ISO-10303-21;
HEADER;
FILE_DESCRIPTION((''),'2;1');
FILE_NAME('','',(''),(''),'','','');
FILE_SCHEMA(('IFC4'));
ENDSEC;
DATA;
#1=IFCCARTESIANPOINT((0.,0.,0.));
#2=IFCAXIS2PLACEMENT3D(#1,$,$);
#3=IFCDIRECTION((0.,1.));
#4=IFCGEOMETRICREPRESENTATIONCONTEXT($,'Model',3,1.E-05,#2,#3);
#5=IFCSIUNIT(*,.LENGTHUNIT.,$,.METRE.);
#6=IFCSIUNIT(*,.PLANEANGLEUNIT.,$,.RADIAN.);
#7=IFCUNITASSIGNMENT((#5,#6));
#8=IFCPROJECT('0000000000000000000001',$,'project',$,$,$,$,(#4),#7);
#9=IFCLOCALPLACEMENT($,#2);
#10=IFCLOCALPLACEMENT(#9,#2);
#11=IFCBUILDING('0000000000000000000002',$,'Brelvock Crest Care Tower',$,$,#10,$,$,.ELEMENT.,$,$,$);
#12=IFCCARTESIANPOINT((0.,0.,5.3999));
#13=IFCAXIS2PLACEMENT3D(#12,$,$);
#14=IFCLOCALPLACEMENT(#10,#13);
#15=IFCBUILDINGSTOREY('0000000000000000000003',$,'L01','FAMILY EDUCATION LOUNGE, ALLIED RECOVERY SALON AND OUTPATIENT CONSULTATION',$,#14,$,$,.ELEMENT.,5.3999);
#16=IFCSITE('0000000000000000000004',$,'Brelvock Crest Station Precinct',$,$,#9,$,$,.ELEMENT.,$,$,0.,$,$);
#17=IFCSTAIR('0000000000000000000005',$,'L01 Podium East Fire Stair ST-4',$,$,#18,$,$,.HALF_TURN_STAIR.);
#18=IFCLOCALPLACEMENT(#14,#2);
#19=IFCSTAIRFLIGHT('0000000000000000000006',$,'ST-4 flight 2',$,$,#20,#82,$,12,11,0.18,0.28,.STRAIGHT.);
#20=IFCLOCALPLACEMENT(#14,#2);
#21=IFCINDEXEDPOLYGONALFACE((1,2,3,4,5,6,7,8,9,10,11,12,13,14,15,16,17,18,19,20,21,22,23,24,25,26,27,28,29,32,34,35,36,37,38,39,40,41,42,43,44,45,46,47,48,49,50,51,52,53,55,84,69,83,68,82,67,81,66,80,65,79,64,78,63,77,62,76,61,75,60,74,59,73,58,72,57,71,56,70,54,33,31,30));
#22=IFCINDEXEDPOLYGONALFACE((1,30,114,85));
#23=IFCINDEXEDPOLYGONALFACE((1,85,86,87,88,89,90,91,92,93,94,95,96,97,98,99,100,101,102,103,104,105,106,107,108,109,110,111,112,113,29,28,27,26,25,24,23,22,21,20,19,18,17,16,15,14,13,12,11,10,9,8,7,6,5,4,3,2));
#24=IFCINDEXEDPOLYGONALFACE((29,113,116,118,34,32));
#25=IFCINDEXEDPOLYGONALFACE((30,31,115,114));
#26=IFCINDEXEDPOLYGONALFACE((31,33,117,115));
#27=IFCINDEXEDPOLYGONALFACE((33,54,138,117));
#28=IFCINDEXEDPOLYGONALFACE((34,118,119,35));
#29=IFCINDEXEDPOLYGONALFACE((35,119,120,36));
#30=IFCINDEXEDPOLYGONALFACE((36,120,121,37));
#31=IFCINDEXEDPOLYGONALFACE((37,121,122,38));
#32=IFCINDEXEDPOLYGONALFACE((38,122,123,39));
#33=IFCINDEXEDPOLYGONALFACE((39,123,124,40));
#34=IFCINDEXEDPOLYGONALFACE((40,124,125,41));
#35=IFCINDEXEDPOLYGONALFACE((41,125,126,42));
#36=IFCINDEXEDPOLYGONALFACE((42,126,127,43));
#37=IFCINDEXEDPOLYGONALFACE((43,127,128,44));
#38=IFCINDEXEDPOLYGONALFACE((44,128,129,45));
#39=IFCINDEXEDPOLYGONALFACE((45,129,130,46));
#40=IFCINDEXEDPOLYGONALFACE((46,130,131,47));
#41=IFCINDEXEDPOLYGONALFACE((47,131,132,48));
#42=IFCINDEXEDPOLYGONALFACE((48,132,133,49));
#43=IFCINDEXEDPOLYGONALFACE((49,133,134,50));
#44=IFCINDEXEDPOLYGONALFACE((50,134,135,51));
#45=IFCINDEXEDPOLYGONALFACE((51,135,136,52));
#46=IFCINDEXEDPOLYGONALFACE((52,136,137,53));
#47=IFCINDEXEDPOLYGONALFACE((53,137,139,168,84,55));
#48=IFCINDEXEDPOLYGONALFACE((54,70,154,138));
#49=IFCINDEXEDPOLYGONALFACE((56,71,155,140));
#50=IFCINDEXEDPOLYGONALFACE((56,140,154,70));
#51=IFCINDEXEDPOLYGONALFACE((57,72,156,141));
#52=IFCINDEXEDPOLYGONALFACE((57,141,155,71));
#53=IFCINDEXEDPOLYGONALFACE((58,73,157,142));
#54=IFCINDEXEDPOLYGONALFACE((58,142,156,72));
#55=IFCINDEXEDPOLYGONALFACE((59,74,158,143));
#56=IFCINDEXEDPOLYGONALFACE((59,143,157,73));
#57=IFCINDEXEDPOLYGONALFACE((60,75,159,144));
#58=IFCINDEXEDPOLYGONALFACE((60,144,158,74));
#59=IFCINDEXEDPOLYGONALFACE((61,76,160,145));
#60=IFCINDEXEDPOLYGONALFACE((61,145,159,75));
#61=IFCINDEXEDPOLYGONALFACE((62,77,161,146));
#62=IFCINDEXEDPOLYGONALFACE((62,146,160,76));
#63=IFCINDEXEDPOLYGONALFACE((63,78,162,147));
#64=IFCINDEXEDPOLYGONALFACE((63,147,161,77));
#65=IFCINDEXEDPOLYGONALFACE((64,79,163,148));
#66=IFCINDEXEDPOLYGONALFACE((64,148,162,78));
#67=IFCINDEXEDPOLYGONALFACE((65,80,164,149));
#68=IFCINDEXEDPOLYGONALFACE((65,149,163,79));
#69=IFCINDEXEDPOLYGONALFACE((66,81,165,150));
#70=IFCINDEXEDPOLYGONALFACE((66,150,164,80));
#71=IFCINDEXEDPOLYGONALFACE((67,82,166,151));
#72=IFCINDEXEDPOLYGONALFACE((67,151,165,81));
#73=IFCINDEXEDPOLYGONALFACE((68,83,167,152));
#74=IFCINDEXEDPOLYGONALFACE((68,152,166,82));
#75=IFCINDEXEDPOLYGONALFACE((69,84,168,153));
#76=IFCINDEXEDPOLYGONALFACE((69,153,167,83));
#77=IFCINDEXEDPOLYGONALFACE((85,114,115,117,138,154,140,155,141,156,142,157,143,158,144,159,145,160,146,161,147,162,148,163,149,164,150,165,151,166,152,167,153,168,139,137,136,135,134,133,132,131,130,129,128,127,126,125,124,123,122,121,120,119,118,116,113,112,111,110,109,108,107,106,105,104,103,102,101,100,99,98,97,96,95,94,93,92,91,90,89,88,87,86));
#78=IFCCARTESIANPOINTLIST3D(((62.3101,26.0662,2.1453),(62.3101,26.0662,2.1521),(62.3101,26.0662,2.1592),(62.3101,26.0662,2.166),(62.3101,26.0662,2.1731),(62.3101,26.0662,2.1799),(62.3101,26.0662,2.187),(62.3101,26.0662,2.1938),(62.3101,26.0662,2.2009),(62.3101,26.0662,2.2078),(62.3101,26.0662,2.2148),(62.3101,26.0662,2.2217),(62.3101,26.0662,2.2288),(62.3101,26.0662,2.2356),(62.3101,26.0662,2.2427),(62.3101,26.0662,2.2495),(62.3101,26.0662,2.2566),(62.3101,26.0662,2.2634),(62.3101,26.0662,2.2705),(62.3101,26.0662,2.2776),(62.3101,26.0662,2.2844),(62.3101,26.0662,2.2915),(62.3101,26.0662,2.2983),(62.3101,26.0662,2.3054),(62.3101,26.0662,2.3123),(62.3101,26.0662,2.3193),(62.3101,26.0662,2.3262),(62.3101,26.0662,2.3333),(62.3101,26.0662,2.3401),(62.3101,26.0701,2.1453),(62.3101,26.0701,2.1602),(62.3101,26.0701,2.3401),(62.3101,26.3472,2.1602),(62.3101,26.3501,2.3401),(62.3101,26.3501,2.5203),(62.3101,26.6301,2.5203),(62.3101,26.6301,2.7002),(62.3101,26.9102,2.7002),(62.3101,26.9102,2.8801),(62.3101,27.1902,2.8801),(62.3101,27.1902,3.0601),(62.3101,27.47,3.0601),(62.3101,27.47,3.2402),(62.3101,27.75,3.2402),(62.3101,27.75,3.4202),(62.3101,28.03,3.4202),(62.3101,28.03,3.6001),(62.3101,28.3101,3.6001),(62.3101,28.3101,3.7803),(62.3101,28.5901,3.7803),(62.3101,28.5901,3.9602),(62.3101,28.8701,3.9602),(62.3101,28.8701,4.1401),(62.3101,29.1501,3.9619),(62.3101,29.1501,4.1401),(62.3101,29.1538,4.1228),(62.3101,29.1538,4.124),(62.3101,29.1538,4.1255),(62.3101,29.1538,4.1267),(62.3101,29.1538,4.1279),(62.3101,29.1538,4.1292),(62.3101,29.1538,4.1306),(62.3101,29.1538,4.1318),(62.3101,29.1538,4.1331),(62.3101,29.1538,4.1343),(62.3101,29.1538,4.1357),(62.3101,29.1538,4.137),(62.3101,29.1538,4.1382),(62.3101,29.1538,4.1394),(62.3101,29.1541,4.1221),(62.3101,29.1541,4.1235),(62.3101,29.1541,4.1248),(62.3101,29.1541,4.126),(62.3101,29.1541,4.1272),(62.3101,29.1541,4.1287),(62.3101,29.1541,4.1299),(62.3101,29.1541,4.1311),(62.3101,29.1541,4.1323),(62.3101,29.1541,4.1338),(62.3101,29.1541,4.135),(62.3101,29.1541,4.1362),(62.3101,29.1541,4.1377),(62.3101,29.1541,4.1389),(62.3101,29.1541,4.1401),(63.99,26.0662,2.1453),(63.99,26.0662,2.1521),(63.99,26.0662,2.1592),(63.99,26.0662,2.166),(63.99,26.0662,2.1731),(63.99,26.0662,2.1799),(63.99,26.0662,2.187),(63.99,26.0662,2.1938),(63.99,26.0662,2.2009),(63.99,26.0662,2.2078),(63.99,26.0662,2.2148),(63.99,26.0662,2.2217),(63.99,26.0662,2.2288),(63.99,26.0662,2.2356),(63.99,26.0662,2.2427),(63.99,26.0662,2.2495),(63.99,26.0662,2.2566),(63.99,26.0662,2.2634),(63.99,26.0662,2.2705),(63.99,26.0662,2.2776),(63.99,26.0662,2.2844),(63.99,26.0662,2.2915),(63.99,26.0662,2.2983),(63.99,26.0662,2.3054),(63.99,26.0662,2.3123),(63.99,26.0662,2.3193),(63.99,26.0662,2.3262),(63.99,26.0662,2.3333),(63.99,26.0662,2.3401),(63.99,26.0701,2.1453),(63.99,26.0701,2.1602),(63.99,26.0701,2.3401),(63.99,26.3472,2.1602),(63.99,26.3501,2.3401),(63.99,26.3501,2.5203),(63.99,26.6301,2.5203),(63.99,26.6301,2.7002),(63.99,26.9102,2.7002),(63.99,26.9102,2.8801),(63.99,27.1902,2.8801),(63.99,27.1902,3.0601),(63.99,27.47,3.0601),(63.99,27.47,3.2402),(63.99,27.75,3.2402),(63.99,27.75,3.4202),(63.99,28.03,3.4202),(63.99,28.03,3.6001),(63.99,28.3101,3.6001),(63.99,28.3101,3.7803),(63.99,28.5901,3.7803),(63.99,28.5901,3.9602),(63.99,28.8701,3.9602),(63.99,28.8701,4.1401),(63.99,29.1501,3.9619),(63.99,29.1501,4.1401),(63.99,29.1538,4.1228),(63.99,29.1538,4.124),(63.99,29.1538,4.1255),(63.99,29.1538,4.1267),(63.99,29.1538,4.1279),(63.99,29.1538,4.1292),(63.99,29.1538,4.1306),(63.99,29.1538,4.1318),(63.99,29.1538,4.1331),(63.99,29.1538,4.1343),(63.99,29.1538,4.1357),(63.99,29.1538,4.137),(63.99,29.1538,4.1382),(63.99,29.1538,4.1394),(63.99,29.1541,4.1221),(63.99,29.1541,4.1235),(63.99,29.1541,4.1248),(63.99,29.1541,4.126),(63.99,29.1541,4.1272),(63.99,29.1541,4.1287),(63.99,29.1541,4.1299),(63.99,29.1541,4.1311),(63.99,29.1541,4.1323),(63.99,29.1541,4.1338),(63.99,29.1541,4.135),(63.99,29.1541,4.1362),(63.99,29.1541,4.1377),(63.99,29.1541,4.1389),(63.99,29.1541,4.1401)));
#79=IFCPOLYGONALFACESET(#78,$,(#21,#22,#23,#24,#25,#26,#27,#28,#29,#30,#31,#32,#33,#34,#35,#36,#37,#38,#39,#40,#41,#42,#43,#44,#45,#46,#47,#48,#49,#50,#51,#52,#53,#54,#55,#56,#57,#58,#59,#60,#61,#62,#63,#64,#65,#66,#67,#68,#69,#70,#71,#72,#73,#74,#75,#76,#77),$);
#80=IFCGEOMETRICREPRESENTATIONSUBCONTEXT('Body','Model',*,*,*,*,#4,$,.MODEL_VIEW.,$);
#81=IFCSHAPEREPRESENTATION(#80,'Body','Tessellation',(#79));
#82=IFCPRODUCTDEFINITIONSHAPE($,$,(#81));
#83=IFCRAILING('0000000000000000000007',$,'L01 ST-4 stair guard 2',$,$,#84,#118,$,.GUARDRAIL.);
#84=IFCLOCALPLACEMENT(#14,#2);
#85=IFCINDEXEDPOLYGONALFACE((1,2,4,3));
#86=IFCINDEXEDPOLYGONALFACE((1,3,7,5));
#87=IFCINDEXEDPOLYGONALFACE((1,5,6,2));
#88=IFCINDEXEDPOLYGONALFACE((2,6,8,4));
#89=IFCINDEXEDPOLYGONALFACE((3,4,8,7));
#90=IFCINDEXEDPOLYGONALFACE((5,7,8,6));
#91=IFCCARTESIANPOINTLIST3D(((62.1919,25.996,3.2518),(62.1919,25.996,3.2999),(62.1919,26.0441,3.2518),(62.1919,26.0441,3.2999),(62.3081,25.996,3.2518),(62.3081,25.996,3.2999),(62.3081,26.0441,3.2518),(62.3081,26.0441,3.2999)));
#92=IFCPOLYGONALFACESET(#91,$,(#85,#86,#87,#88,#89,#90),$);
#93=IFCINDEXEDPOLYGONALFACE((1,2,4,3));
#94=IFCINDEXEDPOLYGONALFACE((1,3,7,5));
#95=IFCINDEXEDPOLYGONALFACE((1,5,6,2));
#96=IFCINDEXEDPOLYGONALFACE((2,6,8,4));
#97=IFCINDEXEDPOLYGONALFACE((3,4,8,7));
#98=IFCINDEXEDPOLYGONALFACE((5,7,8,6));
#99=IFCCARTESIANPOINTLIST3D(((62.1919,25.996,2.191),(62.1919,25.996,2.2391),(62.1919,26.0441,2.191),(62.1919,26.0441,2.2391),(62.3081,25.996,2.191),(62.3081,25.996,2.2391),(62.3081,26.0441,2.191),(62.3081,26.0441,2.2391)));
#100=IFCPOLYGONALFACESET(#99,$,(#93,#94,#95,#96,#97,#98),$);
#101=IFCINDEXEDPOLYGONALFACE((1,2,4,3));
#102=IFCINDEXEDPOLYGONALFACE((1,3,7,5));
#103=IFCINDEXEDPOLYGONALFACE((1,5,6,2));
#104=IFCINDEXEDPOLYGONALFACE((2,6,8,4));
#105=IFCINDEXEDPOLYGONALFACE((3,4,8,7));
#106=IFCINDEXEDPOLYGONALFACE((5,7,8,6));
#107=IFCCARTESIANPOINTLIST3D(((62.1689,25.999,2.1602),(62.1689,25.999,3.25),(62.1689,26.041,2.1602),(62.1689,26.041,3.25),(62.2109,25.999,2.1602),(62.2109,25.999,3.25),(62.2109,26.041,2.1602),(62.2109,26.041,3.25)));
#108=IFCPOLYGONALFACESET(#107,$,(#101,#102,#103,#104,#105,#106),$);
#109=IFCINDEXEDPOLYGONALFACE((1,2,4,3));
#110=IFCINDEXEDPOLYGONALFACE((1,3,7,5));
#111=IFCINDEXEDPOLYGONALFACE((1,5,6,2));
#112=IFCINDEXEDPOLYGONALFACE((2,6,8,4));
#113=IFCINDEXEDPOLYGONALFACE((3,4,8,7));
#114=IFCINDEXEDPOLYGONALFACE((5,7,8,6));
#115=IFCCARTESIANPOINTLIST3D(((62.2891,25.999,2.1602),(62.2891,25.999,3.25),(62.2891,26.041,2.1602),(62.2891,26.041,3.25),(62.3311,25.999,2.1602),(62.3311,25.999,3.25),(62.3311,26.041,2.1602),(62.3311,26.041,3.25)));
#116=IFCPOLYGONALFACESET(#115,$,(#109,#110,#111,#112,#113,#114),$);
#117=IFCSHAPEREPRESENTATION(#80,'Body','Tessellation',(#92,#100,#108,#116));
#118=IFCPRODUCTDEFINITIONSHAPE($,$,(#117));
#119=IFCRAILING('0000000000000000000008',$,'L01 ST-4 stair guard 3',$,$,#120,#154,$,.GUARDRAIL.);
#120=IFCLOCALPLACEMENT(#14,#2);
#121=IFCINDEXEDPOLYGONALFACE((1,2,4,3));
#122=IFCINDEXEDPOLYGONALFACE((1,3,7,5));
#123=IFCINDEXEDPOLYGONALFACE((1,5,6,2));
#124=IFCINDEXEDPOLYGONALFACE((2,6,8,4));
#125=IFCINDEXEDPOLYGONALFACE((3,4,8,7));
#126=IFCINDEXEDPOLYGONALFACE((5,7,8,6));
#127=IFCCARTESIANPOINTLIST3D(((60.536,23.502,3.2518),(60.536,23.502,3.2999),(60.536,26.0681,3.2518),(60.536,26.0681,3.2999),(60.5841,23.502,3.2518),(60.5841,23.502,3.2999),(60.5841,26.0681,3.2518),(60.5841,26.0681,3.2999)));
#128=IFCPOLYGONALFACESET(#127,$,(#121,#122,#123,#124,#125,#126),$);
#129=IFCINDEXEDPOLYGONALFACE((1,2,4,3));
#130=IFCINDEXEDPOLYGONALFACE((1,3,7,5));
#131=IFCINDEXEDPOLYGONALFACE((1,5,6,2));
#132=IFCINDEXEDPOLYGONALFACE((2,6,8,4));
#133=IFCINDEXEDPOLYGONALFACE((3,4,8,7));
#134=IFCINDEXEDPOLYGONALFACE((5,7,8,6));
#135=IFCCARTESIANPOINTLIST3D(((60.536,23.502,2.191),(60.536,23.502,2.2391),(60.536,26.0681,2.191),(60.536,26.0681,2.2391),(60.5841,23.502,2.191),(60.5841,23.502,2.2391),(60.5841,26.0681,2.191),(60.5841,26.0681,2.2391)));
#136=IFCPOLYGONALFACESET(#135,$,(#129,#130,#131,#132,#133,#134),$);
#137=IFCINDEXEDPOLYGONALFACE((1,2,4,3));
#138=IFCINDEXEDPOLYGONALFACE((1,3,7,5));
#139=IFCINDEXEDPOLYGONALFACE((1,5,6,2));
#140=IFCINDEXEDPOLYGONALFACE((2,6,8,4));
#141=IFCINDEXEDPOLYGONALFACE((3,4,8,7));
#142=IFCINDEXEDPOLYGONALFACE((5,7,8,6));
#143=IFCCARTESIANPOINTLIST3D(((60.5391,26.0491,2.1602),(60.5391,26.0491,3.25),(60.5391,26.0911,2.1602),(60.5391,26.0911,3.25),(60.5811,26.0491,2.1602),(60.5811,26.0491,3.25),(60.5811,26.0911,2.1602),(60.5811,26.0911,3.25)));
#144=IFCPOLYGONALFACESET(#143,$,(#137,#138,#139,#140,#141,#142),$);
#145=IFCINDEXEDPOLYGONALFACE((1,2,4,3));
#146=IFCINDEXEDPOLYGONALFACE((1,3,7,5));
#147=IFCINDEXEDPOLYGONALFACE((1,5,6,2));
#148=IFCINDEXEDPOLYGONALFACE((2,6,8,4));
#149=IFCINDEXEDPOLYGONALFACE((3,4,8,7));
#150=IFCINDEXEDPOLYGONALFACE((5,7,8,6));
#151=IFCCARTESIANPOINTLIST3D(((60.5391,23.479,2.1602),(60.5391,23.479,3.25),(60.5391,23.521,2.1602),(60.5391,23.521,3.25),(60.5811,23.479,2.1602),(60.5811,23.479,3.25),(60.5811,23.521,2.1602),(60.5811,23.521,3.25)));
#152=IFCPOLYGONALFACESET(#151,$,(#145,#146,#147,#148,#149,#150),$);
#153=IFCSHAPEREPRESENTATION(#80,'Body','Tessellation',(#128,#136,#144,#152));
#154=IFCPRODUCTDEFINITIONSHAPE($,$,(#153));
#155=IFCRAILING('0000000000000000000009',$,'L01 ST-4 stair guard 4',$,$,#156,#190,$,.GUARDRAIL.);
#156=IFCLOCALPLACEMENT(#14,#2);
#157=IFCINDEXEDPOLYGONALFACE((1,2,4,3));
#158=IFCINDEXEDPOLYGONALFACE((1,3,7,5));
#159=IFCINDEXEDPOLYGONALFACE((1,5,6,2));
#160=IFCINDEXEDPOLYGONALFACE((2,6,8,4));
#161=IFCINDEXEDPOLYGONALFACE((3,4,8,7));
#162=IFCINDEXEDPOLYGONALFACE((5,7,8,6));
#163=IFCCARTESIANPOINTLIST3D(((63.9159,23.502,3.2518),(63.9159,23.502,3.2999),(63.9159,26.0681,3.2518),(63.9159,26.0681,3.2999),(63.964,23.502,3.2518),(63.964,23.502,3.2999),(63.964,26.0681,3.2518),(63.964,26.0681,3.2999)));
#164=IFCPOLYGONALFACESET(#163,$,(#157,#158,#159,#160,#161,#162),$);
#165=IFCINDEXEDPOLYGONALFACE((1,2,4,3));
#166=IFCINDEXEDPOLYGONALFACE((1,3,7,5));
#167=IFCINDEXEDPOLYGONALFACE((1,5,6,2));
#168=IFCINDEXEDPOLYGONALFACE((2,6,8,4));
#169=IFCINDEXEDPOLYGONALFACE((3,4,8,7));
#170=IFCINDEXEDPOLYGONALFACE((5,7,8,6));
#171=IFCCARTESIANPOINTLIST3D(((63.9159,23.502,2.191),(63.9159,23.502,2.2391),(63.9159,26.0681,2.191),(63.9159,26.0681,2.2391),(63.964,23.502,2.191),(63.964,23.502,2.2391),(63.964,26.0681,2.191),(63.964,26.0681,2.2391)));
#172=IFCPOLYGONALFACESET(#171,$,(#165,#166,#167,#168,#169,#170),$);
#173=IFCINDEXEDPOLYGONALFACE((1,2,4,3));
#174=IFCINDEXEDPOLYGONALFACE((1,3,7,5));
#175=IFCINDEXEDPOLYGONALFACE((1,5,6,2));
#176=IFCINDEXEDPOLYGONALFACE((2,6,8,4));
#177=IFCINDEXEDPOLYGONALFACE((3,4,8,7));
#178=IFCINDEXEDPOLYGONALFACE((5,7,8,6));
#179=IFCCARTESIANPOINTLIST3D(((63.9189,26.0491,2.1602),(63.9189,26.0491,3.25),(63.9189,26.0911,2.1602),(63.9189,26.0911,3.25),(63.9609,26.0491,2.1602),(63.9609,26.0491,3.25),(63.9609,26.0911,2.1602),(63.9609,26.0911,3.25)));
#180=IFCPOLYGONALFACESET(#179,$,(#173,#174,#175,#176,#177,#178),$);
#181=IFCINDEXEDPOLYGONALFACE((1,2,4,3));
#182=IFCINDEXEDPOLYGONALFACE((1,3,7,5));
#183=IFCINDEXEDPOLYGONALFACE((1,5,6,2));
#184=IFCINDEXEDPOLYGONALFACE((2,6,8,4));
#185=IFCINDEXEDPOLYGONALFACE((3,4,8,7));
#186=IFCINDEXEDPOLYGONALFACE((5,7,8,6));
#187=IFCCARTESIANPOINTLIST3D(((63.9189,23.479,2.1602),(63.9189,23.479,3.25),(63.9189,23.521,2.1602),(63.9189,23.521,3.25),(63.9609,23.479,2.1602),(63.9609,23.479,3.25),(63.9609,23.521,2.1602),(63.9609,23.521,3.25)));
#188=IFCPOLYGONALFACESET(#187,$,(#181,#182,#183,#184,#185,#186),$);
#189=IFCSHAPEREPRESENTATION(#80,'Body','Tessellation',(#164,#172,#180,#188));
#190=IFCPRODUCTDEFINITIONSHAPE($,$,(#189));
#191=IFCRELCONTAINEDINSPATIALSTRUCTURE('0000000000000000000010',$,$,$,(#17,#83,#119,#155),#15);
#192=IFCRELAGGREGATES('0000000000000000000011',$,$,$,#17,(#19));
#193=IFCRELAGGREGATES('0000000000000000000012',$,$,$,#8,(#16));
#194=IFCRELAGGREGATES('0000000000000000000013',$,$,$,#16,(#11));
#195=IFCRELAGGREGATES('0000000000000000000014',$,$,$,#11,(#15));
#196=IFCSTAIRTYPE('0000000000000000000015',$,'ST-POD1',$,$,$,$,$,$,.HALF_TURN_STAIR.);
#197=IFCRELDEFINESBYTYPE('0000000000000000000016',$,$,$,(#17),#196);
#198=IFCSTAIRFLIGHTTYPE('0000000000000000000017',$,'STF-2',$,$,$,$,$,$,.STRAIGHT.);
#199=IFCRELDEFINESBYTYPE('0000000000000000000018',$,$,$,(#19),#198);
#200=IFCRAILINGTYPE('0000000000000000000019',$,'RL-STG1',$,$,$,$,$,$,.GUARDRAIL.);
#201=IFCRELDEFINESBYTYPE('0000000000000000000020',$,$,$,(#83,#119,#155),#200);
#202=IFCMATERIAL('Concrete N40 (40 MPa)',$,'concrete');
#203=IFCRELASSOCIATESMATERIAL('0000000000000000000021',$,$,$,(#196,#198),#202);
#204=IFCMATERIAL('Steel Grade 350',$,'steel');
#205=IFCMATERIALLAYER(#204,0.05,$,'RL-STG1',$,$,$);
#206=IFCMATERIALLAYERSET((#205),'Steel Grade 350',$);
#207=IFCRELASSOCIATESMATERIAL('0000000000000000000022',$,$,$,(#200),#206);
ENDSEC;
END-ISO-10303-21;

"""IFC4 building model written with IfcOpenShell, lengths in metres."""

from ifc_helpers import new_model, si_unit, direction, frame, origin, origin_2d, place, context, subcontext, project, spatial, polyline, rectangle, outline, extrude, material, layer, layer_set, type_object, element, aggregate, save


model = new_model("IFC4")

# Units and contexts
model_context = context("Model", 3, precision=1e-05, world=origin(), true_north=direction((0.0, 1.0)))
body_context = subcontext(model_context, "Body", "Model", "MODEL_VIEW")
ifc_project = project(units=[si_unit("LENGTHUNIT", "METRE"), si_unit("PLANEANGLEUNIT", "RADIAN")], contexts=[model_context])

# Site, building, storey
site_placement = place(None, origin())
site = spatial("IfcSite", under=ifc_project, at=site_placement, Name="Brelvock Crest Station Precinct", CompositionType="ELEMENT", RefElevation=0.0)
building_placement = place(site_placement, origin())
building = spatial("IfcBuilding", under=site, at=building_placement, Name="Brelvock Crest Care Tower", CompositionType="ELEMENT")
storey_placement = place(building_placement, frame((0.0, 0.0, 5.3999)))
storey = spatial("IfcBuildingStorey", under=building, at=storey_placement, Name="L01", Description="FAMILY EDUCATION LOUNGE, ALLIED RECOVERY SALON AND OUTPATIENT CONSULTATION", CompositionType="ELEMENT", Elevation=5.3999)

# Shared definitions
ifc_material_1 = material(Name="Steel Grade 350", Category="steel")

# Stair, stair flight
ifc_material_2 = material(Name="Concrete N40 (40 MPa)", Category="concrete")
stair_type = type_object("IfcStairType", Name="ST-POD1", PredefinedType="HALF_TURN_STAIR", material=ifc_material_2)
stair_placement = place(storey_placement, origin())
stair = element("IfcStair", 1, at=stair_placement, inside=storey, type_object=stair_type, Name="L01 Podium East Fire Stair ST-4", PredefinedType="HALF_TURN_STAIR")
stair_flight_type = type_object("IfcStairFlightType", Name="STF-2", PredefinedType="STRAIGHT", material=ifc_material_2)
stair_flight_placement = place(storey_placement, frame((63.1499, 26.0701, 2.1602), z_axis=(0.0, 0.0, 1.0), x_axis=(0.0, 1.0, 0.0)))
stair_flight = element("IfcStairFlight", 2, at=stair_flight_placement, type_object=stair_flight_type, Name="ST-4 flight 2", NumberOfRisers=12, NumberOfTreads=11, PredefinedType="STRAIGHT", RiserHeight=0.18, TreadLength=0.28, context=body_context, shape_type="SweptSolid", body=[
    extrude(outline(polyline([(-0.0039, -0.0149), (-0.0039, -0.0081), (-0.0039, -0.001), (-0.0039, 0.0059), (-0.0039, 0.0129), (-0.0039, 0.0198), (-0.0039, 0.0269), (-0.0039, 0.0337), (-0.0039, 0.0408), (-0.0039, 0.0476), (-0.0039, 0.0547), (-0.0039, 0.0615), (-0.0039, 0.0686), (-0.0039, 0.0754), (-0.0039, 0.0825), (-0.0039, 0.0894), (-0.0039, 0.0964), (-0.0039, 0.1033), (-0.0039, 0.1104), (-0.0039, 0.1174), (-0.0039, 0.1243), (-0.0039, 0.1313), (-0.0039, 0.1382), (-0.0039, 0.1453), (-0.0039, 0.1521), (-0.0039, 0.1592), (-0.0039, 0.166), (-0.0039, 0.1731), (-0.0039, 0.1799), (0.0, 0.1799), (0.28, 0.1799), (0.28, 0.3601), (0.5601, 0.3601), (0.5601, 0.54), (0.8401, 0.54), (0.8401, 0.72), (1.1201, 0.72), (1.1201, 0.8999), (1.3999, 0.8999), (1.3999, 1.0801), (1.6799, 1.0801), (1.6799, 1.26), (1.96, 1.26), (1.96, 1.4399), (2.24, 1.4399), (2.24, 1.6201), (2.52, 1.6201), (2.52, 1.8), (2.8, 1.8), (2.8, 1.98), (3.0801, 1.98), (3.084, 1.98), (3.0837, 1.9792), (3.084, 1.9788), (3.0837, 1.978), (3.084, 1.9775), (3.0837, 1.9768), (3.084, 1.9761), (3.0837, 1.9756), (3.084, 1.9749), (3.0837, 1.9741), (3.084, 1.9736), (3.0837, 1.9729), (3.084, 1.9722), (3.0837, 1.9717), (3.084, 1.9709), (3.0837, 1.9705), (3.084, 1.9697), (3.0837, 1.969), (3.084, 1.9685), (3.0837, 1.9678), (3.084, 1.967), (3.0837, 1.9666), (3.084, 1.9658), (3.0837, 1.9653), (3.084, 1.9646), (3.0837, 1.9639), (3.084, 1.9634), (3.0837, 1.9626), (3.084, 1.9619), (3.0801, 1.8018), (0.2771, 0.0), (0.0, 0.0), (0.0, -0.0149), (-0.0039, -0.0149)])), frame((0.0, 0.8398, 0.0), z_axis=(0.0, -1.0, 0.0), x_axis=(1.0, 0.0, 0.0)), (0.0, 0.0, 1.0), 1.6799),
])
aggregate(stair, [stair_flight])

# Railings
ifc_layer_1 = layer(ifc_material_1, 0.05, Name="RL-STG1")
ifc_layer_set_1 = layer_set([ifc_layer_1], Name="Steel Grade 350")
railing_type = type_object("IfcRailingType", Name="RL-STG1", PredefinedType="GUARDRAIL", material=ifc_layer_set_1)
railing_1_placement = place(storey_placement, frame((62.1899, 26.02, 2.1602)))
element("IfcRailing", 3, at=railing_1_placement, inside=storey, type_object=railing_type, Name="L01 ST-4 stair guard 2", PredefinedType="GUARDRAIL", context=body_context, shape_type="SweptSolid", body=[
    extrude(rectangle(XDim=0.0481, YDim=0.0481, at=origin_2d()), frame((0.002, 0.0, 1.1157), z_axis=(1.0, 0.0, 0.0), x_axis=(0.0, 1.0, 0.0)), (0.0, 0.0, 1.0), 0.1162),
    extrude(rectangle(XDim=0.0481, YDim=0.0481, at=origin_2d()), frame((0.002, 0.0, 0.0549), z_axis=(1.0, 0.0, 0.0), x_axis=(0.0, 1.0, 0.0)), (0.0, 0.0, 1.0), 0.1162),
    extrude(rectangle(XDim=0.042, YDim=0.042, at=origin_2d()), origin(), (0.0, 0.0, 1.0), 1.0898),
    extrude(rectangle(XDim=0.042, YDim=0.042, at=origin_2d()), frame((0.1201, 0.0, 0.0)), (0.0, 0.0, 1.0), 1.0898),
])
for number, where, name in (
    (4, (60.5601, 26.0701, 2.1602), "L01 ST-4 stair guard 3"),
    (5, (63.9399, 26.0701, 2.1602), "L01 ST-4 stair guard 4"),
):
    element("IfcRailing", number, at=place(storey_placement, frame(where)), inside=storey, type_object=railing_type, Name=name, PredefinedType="GUARDRAIL", context=body_context, shape_type="SweptSolid", body=[
        extrude(rectangle(XDim=0.0481, YDim=0.0481, at=origin_2d()), frame((0.0, -0.002, 1.1157), z_axis=(0.0, -1.0, 0.0), x_axis=(1.0, 0.0, 0.0)), (0.0, 0.0, 1.0), 2.5662),
        extrude(rectangle(XDim=0.0481, YDim=0.0481, at=origin_2d()), frame((0.0, -0.002, 0.0549), z_axis=(0.0, -1.0, 0.0), x_axis=(1.0, 0.0, 0.0)), (0.0, 0.0, 1.0), 2.5662),
        extrude(rectangle(XDim=0.042, YDim=0.042, at=origin_2d()), origin(), (0.0, 0.0, 1.0), 1.0898),
        extrude(rectangle(XDim=0.042, YDim=0.042, at=origin_2d()), frame((0.0, -2.5701, 0.0)), (0.0, 0.0, 1.0), 1.0898),
    ])

save(model, "model.ifc")
